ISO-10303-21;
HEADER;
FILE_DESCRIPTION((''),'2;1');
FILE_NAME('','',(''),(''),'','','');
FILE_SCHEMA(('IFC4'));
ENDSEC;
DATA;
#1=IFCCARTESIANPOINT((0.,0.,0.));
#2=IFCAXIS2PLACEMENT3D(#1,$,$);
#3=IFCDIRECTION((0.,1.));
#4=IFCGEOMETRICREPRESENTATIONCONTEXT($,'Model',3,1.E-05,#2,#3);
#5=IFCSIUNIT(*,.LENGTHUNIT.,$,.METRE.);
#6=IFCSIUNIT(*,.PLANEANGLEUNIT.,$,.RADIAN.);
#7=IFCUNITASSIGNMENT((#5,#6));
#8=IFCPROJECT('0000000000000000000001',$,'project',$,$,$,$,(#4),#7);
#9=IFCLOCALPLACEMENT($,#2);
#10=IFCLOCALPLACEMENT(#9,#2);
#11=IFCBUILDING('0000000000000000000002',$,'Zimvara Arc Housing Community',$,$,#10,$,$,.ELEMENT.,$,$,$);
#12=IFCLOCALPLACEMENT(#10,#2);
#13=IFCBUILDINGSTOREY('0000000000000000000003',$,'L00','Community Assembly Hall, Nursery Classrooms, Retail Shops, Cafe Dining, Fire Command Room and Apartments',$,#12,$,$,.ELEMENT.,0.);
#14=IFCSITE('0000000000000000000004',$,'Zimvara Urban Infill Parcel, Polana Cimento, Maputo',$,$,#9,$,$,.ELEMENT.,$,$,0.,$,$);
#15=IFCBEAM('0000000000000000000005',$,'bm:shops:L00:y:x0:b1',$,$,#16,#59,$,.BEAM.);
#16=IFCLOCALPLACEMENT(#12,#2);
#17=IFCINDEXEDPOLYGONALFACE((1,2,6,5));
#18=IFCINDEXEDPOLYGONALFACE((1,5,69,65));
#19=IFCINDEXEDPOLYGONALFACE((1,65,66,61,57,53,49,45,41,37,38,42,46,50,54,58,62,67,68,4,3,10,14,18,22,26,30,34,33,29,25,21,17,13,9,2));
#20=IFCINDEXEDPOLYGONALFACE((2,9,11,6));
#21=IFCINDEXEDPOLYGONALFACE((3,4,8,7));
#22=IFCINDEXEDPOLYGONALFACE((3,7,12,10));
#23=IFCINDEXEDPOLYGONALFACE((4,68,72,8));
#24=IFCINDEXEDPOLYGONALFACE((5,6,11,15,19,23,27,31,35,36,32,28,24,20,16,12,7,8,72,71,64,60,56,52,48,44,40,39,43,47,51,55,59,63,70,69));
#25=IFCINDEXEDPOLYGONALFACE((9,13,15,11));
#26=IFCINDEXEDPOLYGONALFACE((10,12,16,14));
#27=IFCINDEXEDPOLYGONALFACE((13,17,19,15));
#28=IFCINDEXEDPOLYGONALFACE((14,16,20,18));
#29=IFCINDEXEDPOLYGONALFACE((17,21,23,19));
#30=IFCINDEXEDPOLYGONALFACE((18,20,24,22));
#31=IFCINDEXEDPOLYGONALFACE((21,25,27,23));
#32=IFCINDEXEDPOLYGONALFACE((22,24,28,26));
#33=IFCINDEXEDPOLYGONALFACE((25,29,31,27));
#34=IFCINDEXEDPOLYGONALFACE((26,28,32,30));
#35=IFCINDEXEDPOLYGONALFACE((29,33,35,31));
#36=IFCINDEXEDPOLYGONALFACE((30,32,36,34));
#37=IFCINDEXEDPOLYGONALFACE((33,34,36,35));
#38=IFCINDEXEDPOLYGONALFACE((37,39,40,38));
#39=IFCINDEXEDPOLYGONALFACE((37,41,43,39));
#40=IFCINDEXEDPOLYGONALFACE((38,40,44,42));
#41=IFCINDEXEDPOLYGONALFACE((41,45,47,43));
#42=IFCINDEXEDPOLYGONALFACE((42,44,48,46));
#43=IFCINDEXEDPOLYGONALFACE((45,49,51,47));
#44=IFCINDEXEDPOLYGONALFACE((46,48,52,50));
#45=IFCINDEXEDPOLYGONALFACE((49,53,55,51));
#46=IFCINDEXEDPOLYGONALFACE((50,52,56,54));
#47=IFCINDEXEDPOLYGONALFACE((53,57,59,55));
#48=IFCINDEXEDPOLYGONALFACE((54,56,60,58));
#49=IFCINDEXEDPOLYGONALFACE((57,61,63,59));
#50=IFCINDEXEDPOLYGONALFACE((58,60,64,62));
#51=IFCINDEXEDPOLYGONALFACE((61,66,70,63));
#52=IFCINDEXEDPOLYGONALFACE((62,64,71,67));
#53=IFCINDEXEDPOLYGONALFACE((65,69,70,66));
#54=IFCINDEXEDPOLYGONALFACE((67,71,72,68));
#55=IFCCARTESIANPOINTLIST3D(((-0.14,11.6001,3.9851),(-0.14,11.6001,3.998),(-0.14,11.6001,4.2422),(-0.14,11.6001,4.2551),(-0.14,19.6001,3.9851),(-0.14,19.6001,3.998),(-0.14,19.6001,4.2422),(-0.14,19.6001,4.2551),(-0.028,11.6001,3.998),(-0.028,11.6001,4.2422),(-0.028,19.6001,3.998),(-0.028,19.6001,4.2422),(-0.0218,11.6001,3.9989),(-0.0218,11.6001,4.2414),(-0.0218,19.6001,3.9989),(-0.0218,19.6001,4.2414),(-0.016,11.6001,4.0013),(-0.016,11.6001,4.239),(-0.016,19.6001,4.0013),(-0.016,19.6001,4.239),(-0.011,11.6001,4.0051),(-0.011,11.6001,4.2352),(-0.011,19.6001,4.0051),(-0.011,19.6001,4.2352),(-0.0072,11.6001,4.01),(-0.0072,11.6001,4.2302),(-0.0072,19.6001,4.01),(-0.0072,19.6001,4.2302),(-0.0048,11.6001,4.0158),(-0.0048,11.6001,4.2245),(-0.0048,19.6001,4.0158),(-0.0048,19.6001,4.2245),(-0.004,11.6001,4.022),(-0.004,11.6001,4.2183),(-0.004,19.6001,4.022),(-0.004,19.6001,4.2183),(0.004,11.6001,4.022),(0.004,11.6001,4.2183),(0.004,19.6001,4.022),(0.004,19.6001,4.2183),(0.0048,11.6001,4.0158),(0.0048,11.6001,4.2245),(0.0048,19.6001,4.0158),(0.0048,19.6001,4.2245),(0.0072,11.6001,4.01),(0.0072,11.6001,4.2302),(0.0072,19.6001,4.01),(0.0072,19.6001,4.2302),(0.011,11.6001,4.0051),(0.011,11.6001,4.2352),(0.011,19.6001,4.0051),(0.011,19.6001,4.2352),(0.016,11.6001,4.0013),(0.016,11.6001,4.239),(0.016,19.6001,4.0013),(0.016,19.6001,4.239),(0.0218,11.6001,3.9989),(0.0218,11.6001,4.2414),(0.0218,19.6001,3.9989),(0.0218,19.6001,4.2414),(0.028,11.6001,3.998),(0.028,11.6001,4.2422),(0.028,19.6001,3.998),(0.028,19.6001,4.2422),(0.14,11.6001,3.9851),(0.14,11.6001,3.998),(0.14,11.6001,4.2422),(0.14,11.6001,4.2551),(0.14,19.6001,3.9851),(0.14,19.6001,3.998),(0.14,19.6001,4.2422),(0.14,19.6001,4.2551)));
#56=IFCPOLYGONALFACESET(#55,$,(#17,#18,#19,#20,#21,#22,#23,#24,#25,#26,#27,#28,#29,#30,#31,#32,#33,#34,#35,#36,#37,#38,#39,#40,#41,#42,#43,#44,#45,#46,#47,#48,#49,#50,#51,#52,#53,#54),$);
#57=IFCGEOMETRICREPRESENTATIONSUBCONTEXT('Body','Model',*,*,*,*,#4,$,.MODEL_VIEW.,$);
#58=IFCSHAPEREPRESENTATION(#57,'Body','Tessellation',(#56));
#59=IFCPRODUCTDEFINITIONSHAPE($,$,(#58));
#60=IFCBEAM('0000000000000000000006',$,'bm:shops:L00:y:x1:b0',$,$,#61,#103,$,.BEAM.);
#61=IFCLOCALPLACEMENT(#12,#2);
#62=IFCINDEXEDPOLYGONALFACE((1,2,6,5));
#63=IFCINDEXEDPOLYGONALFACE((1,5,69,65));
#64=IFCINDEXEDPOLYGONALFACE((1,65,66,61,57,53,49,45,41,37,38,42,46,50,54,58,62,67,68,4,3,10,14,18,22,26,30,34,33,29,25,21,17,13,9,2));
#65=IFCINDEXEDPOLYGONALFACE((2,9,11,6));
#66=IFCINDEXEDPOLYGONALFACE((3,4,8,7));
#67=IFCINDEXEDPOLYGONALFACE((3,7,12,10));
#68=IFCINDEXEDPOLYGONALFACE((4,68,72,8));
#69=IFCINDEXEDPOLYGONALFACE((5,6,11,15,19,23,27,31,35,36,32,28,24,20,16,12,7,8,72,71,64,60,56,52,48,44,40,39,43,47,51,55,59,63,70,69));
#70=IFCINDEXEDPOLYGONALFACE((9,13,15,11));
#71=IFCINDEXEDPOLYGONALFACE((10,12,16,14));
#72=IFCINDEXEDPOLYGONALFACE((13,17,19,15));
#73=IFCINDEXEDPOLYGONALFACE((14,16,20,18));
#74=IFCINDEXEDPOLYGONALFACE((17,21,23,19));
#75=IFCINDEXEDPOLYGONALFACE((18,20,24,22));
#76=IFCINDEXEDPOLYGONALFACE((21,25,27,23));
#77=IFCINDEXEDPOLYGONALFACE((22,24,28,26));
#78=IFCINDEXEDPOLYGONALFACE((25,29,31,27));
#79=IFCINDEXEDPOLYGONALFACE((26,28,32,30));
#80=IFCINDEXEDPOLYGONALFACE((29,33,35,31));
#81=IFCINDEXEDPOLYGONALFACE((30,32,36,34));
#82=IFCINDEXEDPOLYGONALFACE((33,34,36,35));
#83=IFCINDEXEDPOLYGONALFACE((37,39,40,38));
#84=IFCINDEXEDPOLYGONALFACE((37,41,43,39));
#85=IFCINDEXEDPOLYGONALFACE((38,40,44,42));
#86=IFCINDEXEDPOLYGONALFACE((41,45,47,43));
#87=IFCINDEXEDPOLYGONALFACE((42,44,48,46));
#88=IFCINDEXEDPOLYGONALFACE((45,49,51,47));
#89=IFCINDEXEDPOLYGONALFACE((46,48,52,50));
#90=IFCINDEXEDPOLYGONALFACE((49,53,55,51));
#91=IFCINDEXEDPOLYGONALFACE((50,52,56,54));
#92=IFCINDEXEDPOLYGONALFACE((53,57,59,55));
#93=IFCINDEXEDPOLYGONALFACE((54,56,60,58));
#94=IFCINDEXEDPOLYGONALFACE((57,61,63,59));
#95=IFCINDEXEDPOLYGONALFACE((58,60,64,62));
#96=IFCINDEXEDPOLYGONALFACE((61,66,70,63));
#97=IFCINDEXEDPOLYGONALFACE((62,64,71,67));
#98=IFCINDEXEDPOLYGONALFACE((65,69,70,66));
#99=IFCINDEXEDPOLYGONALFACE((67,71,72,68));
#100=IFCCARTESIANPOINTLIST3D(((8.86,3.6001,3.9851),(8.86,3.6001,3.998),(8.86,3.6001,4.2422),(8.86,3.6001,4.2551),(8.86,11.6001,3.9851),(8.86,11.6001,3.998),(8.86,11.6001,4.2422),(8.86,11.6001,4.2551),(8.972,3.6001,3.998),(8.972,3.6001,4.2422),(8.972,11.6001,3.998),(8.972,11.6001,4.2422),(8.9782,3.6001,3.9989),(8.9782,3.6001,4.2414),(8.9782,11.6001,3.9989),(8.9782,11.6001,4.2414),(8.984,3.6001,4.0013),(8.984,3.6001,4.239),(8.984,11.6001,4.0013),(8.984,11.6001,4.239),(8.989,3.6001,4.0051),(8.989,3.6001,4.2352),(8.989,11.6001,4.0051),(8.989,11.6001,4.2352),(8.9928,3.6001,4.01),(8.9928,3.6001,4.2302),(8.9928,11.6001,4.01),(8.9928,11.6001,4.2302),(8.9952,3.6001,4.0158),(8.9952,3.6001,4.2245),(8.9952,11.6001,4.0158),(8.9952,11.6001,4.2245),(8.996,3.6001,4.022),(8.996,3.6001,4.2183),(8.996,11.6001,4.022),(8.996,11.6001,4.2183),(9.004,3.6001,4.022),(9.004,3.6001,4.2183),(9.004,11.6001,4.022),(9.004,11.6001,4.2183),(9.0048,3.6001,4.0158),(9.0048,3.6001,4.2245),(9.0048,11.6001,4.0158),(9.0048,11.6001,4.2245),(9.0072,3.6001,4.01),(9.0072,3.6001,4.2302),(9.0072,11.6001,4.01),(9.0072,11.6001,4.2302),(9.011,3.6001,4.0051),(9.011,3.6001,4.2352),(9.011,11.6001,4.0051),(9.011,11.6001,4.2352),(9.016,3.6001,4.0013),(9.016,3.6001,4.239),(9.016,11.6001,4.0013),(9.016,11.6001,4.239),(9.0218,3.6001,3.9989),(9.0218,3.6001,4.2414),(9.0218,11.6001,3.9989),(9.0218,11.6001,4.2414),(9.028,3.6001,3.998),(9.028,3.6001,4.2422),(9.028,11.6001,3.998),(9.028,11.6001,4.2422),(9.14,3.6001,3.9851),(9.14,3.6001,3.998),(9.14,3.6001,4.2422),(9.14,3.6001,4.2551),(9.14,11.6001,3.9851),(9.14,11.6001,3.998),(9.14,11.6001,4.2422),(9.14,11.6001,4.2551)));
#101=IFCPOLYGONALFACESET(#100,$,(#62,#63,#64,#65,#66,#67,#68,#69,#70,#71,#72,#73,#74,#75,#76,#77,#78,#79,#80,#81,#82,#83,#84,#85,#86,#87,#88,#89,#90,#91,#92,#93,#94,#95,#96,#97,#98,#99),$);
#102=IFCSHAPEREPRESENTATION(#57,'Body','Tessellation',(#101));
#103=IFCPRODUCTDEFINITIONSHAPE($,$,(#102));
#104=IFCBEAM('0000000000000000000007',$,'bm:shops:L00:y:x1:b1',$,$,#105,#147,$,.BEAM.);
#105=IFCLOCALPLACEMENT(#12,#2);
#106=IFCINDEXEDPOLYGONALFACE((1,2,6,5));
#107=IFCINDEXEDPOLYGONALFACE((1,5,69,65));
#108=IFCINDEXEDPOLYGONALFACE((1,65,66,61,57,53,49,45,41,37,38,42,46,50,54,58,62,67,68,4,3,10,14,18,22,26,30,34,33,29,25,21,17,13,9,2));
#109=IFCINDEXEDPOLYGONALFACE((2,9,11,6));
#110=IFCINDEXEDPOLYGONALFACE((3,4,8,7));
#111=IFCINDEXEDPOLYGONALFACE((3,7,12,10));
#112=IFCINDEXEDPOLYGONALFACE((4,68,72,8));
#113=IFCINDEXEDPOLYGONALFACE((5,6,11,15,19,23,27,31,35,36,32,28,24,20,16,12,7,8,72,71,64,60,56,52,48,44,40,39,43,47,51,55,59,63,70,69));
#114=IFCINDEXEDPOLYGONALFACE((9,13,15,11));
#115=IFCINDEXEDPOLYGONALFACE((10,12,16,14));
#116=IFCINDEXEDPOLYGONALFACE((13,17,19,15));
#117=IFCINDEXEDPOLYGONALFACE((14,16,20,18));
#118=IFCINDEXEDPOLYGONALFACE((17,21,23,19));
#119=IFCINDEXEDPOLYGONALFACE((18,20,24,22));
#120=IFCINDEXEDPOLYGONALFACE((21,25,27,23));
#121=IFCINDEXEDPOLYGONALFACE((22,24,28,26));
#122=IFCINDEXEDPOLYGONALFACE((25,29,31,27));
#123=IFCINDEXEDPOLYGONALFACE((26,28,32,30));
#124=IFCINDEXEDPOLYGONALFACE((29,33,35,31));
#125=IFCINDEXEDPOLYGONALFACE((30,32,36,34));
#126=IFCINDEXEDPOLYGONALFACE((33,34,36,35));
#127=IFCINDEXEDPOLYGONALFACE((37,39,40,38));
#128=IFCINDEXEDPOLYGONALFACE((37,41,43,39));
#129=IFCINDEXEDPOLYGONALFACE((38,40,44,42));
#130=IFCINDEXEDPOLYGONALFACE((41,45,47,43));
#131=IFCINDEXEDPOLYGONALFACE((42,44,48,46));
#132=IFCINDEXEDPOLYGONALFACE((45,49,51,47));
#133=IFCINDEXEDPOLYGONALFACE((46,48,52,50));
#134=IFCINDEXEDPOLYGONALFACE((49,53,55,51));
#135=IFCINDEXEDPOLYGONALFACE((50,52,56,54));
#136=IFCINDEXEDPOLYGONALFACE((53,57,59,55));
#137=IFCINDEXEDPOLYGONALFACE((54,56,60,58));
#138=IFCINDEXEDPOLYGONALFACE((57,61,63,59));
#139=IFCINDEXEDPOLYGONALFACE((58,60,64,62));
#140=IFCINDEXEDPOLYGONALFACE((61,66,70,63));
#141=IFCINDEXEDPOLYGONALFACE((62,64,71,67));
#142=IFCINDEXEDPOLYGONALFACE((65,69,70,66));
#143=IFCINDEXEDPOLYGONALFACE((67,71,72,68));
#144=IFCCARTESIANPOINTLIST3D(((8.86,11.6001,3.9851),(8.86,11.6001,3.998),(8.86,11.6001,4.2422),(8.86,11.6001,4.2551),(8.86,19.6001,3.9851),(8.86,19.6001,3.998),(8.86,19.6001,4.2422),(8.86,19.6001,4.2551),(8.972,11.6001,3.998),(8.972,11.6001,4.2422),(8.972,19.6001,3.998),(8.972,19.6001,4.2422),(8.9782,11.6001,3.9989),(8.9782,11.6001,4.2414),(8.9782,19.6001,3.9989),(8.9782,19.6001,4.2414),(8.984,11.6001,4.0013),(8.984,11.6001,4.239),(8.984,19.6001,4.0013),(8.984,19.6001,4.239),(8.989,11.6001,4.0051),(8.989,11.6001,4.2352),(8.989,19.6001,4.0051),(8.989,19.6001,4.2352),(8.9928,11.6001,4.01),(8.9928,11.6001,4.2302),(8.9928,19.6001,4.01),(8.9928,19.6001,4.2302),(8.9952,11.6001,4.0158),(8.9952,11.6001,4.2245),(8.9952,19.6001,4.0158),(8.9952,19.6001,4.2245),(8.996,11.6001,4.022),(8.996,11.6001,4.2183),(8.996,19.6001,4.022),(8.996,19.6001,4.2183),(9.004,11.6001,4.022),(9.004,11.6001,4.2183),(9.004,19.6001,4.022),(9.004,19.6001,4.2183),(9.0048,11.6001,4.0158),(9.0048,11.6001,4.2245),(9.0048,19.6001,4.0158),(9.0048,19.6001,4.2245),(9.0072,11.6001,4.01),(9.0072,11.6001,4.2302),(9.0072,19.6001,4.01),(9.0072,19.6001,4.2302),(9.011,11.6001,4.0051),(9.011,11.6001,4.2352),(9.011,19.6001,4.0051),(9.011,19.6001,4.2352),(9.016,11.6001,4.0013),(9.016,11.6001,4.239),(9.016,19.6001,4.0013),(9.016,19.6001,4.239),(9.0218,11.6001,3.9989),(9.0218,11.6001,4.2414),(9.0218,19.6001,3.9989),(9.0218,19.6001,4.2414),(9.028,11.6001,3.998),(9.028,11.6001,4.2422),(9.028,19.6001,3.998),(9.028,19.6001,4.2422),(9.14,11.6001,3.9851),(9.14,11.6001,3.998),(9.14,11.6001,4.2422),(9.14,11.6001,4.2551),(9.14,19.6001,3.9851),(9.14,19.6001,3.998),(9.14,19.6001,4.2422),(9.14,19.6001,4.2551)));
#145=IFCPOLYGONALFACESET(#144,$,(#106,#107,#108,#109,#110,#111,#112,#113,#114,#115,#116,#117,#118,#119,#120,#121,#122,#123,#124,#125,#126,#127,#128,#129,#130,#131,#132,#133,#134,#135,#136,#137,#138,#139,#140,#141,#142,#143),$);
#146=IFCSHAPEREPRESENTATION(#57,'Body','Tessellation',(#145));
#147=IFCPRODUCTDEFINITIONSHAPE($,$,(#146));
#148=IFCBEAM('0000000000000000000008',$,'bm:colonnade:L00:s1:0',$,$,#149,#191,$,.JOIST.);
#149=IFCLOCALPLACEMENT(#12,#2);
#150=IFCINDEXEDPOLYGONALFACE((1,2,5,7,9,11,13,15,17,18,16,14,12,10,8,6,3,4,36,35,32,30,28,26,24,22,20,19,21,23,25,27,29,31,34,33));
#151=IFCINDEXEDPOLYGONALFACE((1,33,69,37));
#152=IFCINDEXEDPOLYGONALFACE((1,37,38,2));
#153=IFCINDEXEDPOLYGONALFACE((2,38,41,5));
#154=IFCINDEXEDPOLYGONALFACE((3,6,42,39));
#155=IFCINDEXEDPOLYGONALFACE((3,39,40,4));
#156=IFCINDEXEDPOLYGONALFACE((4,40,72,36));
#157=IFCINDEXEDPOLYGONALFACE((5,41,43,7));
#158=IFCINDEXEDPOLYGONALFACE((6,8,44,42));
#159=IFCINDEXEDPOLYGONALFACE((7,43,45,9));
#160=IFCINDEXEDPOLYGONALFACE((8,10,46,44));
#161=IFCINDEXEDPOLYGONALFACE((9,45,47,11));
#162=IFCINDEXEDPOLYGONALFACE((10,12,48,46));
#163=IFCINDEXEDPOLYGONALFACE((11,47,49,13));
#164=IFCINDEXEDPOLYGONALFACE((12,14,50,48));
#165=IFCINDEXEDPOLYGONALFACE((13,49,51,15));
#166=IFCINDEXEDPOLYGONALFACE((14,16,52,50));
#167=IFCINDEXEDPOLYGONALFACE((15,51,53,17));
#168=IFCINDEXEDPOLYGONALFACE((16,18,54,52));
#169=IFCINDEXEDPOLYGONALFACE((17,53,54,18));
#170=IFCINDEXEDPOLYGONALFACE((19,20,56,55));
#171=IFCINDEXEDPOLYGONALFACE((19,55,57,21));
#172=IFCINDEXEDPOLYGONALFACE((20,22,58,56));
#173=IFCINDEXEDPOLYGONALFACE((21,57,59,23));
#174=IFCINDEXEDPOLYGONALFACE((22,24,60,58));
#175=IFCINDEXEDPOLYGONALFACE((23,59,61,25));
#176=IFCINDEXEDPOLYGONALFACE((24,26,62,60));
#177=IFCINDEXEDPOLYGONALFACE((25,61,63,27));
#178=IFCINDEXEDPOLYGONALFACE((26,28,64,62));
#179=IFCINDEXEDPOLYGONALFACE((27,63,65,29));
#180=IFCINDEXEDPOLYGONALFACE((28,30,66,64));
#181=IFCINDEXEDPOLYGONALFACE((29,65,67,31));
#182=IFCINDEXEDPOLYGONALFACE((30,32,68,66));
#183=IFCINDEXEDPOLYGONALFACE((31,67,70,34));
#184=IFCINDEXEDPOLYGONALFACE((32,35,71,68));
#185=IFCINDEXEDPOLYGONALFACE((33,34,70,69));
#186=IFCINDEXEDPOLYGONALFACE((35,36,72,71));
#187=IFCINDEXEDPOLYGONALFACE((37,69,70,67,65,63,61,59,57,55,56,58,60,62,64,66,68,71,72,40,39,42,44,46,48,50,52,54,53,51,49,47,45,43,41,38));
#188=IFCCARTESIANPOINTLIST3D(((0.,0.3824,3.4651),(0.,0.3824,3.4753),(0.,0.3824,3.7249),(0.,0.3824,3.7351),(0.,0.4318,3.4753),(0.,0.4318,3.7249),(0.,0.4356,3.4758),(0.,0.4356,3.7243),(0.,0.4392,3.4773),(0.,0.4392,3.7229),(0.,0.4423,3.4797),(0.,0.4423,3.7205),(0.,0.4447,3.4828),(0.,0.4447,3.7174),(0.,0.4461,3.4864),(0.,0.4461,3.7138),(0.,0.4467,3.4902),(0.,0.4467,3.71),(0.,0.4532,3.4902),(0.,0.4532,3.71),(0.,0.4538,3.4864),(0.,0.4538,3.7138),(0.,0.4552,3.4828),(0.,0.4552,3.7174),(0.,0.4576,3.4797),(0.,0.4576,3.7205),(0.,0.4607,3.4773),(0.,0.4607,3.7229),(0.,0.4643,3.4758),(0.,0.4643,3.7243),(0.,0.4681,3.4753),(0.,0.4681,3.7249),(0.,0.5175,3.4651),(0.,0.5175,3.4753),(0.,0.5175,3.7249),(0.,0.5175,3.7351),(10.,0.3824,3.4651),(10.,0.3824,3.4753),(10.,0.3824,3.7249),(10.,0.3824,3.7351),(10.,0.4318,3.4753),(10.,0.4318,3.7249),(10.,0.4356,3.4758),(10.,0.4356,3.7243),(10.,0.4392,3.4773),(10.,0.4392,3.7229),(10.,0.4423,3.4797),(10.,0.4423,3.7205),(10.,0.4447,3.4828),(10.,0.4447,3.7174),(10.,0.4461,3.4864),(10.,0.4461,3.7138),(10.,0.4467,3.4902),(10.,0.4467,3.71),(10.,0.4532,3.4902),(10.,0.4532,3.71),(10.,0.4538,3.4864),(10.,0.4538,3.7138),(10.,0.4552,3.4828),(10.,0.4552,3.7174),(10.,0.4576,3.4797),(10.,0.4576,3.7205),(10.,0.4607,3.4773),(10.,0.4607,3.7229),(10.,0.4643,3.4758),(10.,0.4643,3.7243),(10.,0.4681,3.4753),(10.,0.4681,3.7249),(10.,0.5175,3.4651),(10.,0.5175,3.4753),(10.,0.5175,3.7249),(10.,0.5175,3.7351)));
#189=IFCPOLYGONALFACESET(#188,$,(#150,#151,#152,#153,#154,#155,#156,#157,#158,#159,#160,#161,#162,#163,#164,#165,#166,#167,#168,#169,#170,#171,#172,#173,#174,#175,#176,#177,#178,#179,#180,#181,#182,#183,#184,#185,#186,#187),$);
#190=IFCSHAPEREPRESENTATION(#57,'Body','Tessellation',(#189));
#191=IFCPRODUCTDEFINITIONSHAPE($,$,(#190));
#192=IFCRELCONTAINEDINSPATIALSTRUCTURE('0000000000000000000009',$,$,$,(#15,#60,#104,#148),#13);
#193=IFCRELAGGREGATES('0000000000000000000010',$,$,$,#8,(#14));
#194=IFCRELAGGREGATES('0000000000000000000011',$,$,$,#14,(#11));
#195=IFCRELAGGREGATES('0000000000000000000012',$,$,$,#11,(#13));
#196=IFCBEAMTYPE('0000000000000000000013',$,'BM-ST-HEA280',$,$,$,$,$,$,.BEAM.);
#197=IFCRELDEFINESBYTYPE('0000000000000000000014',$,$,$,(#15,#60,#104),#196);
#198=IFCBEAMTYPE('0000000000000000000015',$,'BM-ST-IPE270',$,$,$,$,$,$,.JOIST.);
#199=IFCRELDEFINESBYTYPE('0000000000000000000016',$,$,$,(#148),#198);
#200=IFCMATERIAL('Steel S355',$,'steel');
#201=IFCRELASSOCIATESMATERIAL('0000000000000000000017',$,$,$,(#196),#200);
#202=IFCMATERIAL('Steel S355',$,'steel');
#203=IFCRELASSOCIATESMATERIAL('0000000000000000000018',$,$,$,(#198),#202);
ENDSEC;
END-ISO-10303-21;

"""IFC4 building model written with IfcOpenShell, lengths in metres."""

from ifc_helpers import new_model, si_unit, direction, frame, origin, origin_2d, place, context, subcontext, project, spatial, i_section, extrude, material, material_profile, profile_set, type_object, element, save


model = new_model("IFC4")

# Units and contexts
model_context = context("Model", 3, precision=1e-05, world=origin(), true_north=direction((0.0, 1.0)))
body_context = subcontext(model_context, "Body", "Model", "MODEL_VIEW")
ifc_project = project(units=[si_unit("LENGTHUNIT", "METRE"), si_unit("PLANEANGLEUNIT", "RADIAN")], contexts=[model_context])

# Site, building, storey
site_placement = place(None, origin())
site = spatial("IfcSite", under=ifc_project, at=site_placement, Name="Zimvara Urban Infill Parcel, Polana Cimento, Maputo", CompositionType="ELEMENT", RefElevation=0.0)
building_placement = place(site_placement, origin())
building = spatial("IfcBuilding", under=site, at=building_placement, Name="Zimvara Arc Housing Community", CompositionType="ELEMENT")
storey_placement = place(building_placement, origin())
storey = spatial("IfcBuildingStorey", under=building, at=storey_placement, Name="L00", Description="Community Assembly Hall, Nursery Classrooms, Retail Shops, Cafe Dining, Fire Command Room and Apartments", CompositionType="ELEMENT", Elevation=0.0)

# Beams
ifc_material_1 = material(Name="Steel S355", Category="steel")
ifc_material_profile_1 = material_profile(ifc_material_1, i_section(OverallWidth=0.28, OverallDepth=0.27, WebThickness=0.0081, FlangeThickness=0.0129, FilletRadius=0.0239, at=origin_2d()), Name="HEA 280")
ifc_profile_set_1 = profile_set([ifc_material_profile_1], Name="Steel S355")
beam_type_1 = type_object("IfcBeamType", Name="BM-ST-HEA280", PredefinedType="BEAM", material=ifc_profile_set_1)
for number, where, z_axis, x_axis, name in (
    (1, (0.0, 11.6001, 4.1201), (0.0, 1.0, 0.0), (-1.0, 0.0, 0.0), "bm:shops:L00:y:x0:b1"),
    (2, (9.0, 3.6001, 4.1201), (0.0, 1.0, 0.0), (-1.0, 0.0, 0.0), "bm:shops:L00:y:x1:b0"),
    (3, (9.0, 11.6001, 4.1201), (0.0, 1.0, 0.0), (-1.0, 0.0, 0.0), "bm:shops:L00:y:x1:b1"),
):
    element("IfcBeam", number, at=place(storey_placement, frame(where, z_axis=z_axis, x_axis=x_axis)), inside=storey, type_object=beam_type_1, Name=name, PredefinedType="BEAM", context=body_context, shape_type="SweptSolid", body=[
        extrude(i_section(OverallWidth=0.28, OverallDepth=0.27, WebThickness=0.0081, FlangeThickness=0.0129, FilletRadius=0.0239, at=origin_2d()), origin(), (0.0, 0.0, 1.0), 8.0),
    ])
ifc_material_2 = material(Name="Steel S355", Category="steel")
ifc_material_profile_2 = material_profile(ifc_material_2, i_section(OverallWidth=0.135, OverallDepth=0.27, WebThickness=0.0066, FlangeThickness=0.0103, FilletRadius=0.0149, at=origin_2d()), Name="IPE 270")
ifc_profile_set_2 = profile_set([ifc_material_profile_2], Name="Steel S355")
beam_type_2 = type_object("IfcBeamType", Name="BM-ST-IPE270", PredefinedType="JOIST", material=ifc_profile_set_2)
for number, where, z_axis, x_axis, name in (
    (4, (0.0, 0.45, 3.6001), (1.0, 0.0, 0.0), (0.0, 1.0, 0.0), "bm:colonnade:L00:s1:0"),
):
    element("IfcBeam", number, at=place(storey_placement, frame(where, z_axis=z_axis, x_axis=x_axis)), inside=storey, type_object=beam_type_2, Name=name, PredefinedType="JOIST", context=body_context, shape_type="SweptSolid", body=[
        extrude(i_section(OverallWidth=0.135, OverallDepth=0.27, WebThickness=0.0066, FlangeThickness=0.0103, FilletRadius=0.0149, at=origin_2d()), origin(), (0.0, 0.0, 1.0), 10.0),
    ])

save(model, "model.ifc")
